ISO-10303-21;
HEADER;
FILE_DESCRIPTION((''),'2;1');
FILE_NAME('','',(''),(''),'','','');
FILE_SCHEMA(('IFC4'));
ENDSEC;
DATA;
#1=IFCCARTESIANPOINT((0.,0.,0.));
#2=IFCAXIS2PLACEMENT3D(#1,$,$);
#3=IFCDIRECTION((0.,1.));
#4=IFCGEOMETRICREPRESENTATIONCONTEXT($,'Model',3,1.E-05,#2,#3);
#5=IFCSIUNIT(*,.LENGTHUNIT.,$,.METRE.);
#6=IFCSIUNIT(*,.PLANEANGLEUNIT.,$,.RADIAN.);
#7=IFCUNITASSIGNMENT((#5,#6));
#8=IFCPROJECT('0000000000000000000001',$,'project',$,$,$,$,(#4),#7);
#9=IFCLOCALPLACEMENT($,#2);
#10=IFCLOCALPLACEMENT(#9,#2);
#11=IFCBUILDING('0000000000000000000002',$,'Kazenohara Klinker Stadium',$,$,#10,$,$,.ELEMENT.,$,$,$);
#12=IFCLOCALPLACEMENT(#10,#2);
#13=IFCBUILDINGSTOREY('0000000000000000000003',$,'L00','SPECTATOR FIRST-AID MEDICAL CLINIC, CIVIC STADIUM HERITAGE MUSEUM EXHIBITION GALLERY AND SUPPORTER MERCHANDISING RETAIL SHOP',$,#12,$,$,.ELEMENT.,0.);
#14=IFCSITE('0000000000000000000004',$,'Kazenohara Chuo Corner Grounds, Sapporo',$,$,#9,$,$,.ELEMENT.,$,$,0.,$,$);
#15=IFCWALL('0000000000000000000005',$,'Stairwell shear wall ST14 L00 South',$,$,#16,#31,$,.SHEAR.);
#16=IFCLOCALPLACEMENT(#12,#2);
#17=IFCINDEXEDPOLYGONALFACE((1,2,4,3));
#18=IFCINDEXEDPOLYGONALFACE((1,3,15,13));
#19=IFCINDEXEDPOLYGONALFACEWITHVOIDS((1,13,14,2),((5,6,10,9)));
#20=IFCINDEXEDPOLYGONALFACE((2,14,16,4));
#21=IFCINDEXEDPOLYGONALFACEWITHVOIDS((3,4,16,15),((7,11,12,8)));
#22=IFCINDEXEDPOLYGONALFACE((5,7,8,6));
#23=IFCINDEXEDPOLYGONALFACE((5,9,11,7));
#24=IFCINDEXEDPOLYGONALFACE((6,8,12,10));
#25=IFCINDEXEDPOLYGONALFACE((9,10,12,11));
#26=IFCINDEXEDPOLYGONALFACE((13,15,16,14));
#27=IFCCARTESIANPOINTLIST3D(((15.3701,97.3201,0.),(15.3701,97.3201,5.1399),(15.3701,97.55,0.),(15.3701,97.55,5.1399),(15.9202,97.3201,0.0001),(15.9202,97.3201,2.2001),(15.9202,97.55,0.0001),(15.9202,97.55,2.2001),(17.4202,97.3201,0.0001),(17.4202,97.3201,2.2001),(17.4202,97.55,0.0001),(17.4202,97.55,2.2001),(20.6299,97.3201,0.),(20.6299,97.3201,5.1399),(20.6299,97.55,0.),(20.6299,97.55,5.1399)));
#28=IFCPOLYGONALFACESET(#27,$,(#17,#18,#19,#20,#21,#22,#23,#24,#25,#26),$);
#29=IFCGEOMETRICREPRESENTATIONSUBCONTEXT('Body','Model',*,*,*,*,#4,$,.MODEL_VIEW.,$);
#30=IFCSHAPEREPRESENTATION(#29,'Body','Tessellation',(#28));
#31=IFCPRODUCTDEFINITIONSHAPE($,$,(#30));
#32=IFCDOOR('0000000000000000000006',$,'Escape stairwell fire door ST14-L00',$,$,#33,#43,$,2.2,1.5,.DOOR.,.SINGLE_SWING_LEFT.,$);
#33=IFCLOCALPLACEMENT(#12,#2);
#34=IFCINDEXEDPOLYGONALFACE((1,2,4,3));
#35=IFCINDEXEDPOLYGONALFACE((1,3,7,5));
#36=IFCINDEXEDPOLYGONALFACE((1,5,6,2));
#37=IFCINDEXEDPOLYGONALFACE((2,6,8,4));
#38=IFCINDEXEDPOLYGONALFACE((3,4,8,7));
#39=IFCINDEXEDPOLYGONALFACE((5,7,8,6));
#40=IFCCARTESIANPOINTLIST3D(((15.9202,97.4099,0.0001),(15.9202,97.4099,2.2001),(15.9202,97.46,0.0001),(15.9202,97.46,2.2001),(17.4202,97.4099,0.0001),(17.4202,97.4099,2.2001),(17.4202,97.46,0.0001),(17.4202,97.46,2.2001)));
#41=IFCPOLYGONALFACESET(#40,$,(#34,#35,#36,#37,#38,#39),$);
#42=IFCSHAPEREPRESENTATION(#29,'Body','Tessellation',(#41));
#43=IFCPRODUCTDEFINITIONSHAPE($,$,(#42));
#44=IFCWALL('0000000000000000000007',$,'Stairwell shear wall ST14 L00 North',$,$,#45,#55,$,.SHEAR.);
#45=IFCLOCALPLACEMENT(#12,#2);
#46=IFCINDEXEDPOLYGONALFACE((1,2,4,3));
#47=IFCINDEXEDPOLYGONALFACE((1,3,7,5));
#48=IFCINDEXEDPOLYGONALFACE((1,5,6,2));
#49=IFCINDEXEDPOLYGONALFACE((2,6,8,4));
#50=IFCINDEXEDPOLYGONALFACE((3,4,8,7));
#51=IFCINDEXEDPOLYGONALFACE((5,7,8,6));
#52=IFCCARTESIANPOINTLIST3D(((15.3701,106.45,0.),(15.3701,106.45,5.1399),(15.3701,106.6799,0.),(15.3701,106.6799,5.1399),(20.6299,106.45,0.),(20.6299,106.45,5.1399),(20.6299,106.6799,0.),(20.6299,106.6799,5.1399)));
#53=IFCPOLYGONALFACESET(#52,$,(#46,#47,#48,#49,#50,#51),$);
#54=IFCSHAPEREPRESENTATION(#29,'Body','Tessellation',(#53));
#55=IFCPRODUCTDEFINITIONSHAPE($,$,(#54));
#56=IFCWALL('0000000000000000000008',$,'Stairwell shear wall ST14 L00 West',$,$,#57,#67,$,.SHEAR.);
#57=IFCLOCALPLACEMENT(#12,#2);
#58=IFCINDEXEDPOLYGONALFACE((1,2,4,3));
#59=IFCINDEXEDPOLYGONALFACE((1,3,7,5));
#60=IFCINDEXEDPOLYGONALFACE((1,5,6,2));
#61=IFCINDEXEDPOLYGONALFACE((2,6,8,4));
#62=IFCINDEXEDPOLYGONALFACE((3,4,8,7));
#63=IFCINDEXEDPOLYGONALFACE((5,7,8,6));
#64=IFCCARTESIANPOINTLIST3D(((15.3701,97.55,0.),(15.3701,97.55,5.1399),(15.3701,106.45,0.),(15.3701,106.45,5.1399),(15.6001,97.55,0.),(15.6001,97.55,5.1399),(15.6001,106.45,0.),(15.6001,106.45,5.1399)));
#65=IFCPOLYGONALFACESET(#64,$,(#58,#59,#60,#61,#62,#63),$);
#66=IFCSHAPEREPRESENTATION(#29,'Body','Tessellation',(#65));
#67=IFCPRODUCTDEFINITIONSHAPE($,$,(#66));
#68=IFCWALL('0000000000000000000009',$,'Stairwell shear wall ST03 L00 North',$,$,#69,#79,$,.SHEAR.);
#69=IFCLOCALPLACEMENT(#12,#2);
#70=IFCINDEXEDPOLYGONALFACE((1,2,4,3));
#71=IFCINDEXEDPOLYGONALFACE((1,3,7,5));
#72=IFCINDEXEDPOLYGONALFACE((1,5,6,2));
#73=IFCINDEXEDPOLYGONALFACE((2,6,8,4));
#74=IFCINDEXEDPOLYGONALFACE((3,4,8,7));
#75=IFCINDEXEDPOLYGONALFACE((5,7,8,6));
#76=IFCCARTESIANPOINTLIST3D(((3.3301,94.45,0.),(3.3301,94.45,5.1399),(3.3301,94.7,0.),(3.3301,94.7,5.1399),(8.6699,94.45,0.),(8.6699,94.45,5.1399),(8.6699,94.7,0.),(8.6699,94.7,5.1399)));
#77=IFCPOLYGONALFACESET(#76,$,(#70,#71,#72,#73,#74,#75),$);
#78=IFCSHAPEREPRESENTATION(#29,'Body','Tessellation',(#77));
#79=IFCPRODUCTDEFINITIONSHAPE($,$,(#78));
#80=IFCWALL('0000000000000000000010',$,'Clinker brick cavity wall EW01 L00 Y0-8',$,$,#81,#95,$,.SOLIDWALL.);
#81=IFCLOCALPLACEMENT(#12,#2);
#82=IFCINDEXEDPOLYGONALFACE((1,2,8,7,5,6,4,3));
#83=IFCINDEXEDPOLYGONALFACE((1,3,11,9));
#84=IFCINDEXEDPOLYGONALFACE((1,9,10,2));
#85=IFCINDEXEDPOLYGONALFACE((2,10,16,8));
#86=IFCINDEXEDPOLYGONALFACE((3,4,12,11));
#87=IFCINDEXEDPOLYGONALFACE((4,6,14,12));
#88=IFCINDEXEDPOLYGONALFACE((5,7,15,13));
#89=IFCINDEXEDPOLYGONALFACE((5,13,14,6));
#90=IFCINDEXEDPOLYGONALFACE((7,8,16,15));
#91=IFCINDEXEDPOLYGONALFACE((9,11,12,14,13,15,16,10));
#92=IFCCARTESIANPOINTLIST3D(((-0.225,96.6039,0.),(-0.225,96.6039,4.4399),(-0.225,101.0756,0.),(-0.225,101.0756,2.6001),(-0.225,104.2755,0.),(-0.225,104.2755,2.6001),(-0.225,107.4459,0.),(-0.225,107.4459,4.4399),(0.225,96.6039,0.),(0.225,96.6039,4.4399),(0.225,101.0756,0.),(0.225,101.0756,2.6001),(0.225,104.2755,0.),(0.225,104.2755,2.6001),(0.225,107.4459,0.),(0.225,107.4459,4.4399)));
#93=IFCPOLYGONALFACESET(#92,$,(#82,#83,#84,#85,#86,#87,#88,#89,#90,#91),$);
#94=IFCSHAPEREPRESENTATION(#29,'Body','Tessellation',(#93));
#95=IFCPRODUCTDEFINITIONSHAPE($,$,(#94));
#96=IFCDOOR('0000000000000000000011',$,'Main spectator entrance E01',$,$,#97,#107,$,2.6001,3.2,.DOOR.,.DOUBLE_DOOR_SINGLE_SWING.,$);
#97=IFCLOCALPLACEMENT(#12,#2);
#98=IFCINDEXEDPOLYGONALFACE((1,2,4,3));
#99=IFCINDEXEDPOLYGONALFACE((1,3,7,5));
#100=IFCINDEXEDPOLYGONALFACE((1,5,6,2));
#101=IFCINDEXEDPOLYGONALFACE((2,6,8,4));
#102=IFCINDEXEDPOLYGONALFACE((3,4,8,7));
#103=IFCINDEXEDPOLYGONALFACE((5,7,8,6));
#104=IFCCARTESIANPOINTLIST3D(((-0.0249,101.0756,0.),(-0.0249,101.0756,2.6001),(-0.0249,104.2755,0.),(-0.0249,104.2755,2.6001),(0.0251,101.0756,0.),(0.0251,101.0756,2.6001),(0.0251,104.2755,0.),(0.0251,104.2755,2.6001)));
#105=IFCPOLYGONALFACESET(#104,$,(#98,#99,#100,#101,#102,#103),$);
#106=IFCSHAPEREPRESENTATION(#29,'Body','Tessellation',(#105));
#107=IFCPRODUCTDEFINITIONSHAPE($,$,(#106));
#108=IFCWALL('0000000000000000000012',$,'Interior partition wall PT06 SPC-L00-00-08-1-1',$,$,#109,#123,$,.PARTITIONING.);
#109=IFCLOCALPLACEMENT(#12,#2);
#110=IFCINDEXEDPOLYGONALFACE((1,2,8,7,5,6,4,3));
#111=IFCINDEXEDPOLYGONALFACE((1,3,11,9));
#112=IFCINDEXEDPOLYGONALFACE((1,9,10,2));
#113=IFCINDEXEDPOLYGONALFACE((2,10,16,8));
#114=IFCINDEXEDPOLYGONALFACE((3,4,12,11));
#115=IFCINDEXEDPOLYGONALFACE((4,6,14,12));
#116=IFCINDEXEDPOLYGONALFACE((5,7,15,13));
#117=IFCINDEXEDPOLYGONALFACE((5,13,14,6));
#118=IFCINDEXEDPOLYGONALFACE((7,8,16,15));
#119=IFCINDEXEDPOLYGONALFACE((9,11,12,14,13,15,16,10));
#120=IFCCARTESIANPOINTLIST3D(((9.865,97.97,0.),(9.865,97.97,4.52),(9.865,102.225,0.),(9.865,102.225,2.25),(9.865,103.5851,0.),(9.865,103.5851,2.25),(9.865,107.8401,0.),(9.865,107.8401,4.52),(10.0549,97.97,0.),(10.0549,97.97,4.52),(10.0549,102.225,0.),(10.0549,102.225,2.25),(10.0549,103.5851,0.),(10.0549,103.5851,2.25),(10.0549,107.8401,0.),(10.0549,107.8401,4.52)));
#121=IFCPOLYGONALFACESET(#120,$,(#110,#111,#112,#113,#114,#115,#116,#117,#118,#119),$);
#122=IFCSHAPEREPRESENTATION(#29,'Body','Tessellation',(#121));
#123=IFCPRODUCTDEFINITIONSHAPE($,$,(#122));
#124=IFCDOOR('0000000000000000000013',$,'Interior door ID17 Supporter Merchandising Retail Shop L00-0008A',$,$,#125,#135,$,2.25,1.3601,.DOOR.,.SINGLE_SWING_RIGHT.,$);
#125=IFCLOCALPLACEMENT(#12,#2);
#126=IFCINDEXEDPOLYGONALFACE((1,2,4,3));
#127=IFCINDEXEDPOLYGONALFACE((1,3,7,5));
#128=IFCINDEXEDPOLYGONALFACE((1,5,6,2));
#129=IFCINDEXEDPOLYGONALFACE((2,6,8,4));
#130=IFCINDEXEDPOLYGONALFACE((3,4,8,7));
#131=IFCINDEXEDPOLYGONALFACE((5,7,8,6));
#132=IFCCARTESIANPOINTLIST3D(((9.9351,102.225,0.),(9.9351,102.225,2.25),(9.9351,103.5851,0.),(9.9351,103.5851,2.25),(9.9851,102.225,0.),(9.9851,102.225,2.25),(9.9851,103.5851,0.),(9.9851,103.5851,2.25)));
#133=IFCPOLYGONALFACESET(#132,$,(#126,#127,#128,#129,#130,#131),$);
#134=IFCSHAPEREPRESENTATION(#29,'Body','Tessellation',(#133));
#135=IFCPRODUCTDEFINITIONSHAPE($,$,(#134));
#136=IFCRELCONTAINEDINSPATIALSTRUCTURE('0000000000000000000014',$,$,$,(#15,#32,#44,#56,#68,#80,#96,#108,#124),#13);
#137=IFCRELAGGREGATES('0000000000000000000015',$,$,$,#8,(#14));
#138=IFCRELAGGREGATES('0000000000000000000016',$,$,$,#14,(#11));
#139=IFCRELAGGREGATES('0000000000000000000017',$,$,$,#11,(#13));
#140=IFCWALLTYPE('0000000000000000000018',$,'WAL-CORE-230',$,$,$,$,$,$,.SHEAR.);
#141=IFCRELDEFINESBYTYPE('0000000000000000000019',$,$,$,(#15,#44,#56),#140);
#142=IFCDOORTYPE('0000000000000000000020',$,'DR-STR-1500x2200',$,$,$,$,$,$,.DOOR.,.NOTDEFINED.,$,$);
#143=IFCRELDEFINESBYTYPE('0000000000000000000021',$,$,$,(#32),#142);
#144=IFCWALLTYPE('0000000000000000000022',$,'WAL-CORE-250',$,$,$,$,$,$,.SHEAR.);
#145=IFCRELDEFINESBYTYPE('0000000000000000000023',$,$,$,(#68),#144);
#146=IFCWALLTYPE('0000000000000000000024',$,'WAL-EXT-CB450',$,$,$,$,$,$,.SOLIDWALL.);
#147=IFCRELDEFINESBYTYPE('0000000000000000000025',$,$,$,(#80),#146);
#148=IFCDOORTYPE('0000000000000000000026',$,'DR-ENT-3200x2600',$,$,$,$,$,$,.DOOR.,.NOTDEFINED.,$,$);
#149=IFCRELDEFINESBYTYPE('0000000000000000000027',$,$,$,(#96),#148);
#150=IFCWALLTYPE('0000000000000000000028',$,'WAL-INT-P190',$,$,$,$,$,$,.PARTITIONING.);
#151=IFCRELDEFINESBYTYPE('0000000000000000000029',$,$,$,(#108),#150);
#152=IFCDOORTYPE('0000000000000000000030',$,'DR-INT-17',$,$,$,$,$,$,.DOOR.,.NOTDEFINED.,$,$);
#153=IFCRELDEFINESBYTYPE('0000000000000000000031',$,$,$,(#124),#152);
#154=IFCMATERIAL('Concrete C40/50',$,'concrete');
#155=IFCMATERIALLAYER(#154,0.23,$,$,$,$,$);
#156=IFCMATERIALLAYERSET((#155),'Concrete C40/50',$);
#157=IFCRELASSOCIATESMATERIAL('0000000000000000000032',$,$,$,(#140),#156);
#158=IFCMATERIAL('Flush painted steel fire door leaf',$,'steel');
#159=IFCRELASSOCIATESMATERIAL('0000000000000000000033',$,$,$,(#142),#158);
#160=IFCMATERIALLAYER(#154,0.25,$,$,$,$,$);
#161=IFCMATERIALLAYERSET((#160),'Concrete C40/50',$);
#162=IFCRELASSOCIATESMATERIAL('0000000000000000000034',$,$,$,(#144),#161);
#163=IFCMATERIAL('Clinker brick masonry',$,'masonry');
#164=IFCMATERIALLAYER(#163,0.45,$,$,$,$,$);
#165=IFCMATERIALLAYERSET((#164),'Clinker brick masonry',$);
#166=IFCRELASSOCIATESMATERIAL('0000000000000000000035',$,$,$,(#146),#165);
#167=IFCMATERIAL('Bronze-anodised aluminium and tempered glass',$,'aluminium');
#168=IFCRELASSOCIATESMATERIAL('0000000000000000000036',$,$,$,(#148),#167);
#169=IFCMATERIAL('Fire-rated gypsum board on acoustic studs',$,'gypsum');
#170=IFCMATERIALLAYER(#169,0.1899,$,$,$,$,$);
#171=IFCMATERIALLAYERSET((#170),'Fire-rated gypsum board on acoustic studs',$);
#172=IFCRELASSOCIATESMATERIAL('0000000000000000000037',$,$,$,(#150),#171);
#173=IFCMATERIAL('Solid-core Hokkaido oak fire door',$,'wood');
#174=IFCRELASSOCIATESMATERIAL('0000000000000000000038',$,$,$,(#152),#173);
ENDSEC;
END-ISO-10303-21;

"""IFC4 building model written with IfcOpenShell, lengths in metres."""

from ifc_helpers import new_model, si_unit, direction, frame, frame_2d, origin, place, context, subcontext, project, spatial, rectangle, extrude, material, layer, layer_set, type_object, element, fill, save


model = new_model("IFC4")

# Units and contexts
model_context = context("Model", 3, precision=1e-05, world=origin(), true_north=direction((0.0, 1.0)))
body_context = subcontext(model_context, "Body", "Model", "MODEL_VIEW")
ifc_project = project(units=[si_unit("LENGTHUNIT", "METRE"), si_unit("PLANEANGLEUNIT", "RADIAN")], contexts=[model_context])

# Site, building, storey
site_placement = place(None, origin())
site = spatial("IfcSite", under=ifc_project, at=site_placement, Name="Kazenohara Chuo Corner Grounds, Sapporo", CompositionType="ELEMENT", RefElevation=0.0)
building_placement = place(site_placement, origin())
building = spatial("IfcBuilding", under=site, at=building_placement, Name="Kazenohara Klinker Stadium", CompositionType="ELEMENT")
storey_placement = place(building_placement, origin())
storey = spatial("IfcBuildingStorey", under=building, at=storey_placement, Name="L00", Description="SPECTATOR FIRST-AID MEDICAL CLINIC, CIVIC STADIUM HERITAGE MUSEUM EXHIBITION GALLERY AND SUPPORTER MERCHANDISING RETAIL SHOP", CompositionType="ELEMENT", Elevation=0.0)

# Shared definitions
ifc_material_1 = material(Name="Concrete C40/50", Category="concrete")

# Wall, opening, door
ifc_layer_1 = layer(ifc_material_1, 0.23)
ifc_layer_set_1 = layer_set([ifc_layer_1], Name="Concrete C40/50")
wall_type_1 = type_object("IfcWallType", Name="WAL-CORE-230", PredefinedType="SHEAR", material=ifc_layer_set_1)
wall_1_placement = place(storey_placement, frame((15.3701, 97.4351, 0.0), z_axis=(0.0, 0.0, 1.0), x_axis=(1.0, 0.0, 0.0)))
wall_1 = element("IfcWall", 1, at=wall_1_placement, inside=storey, type_object=wall_type_1, Name="Stairwell shear wall ST14 L00 South", PredefinedType="SHEAR", context=body_context, shape_type="SweptSolid", body=[
    extrude(rectangle(XDim=5.2598, YDim=0.23, at=frame_2d((2.6299, 0.0))), origin(), (0.0, 0.0, 1.0), 5.1399),
])
opening_1_placement = place(wall_1_placement, frame((0.55, 0.0, 0.0)))
opening_1 = element("IfcOpeningElement", 2, at=opening_1_placement, cuts=wall_1, PredefinedType="OPENING", context=body_context, shape_type="SweptSolid", body=[
    extrude(rectangle(XDim=1.5, YDim=2.2, at=frame_2d((0.75, 1.1001))), frame((0.0, 0.125, 0.0), z_axis=(0.0, -1.0, 0.0), x_axis=(1.0, 0.0, 0.0)), (0.0, 0.0, 1.0), 0.25),
])
ifc_material_2 = material(Name="Flush painted steel fire door leaf", Category="steel")
door_type_1 = type_object("IfcDoorType", Name="DR-STR-1500x2200", OperationType="NOTDEFINED", PredefinedType="DOOR", material=ifc_material_2)
door_1_placement = place(opening_1_placement, origin())
door_1 = element("IfcDoor", 3, at=door_1_placement, inside=storey, type_object=door_type_1, Name="Escape stairwell fire door ST14-L00", OperationType="SINGLE_SWING_LEFT", OverallHeight=2.2, OverallWidth=1.5, PredefinedType="DOOR", context=body_context, shape_type="SweptSolid", body=[
    extrude(rectangle(XDim=1.5, YDim=2.2, at=frame_2d((0.75, 1.1001))), frame((0.0, 0.0249, 0.0), z_axis=(0.0, -1.0, 0.0), x_axis=(1.0, 0.0, 0.0)), (0.0, 0.0, 1.0), 0.05),
])
fill(opening_1, door_1)

# Walls
wall_2_placement = place(storey_placement, frame((15.3701, 106.5649, 0.0), z_axis=(0.0, 0.0, 1.0), x_axis=(1.0, 0.0, 0.0)))
element("IfcWall", 4, at=wall_2_placement, inside=storey, type_object=wall_type_1, Name="Stairwell shear wall ST14 L00 North", PredefinedType="SHEAR", context=body_context, shape_type="SweptSolid", body=[
    extrude(rectangle(XDim=5.2598, YDim=0.23, at=frame_2d((2.6299, 0.0))), origin(), (0.0, 0.0, 1.0), 5.1399),
])
wall_3_placement = place(storey_placement, frame((15.4851, 97.55, 0.0), z_axis=(0.0, 0.0, 1.0), x_axis=(0.0, 1.0, 0.0)))
element("IfcWall", 5, at=wall_3_placement, inside=storey, type_object=wall_type_1, Name="Stairwell shear wall ST14 L00 West", PredefinedType="SHEAR", context=body_context, shape_type="SweptSolid", body=[
    extrude(rectangle(XDim=8.8999, YDim=0.23, at=frame_2d((4.45, 0.0))), origin(), (0.0, 0.0, 1.0), 5.1399),
])
ifc_layer_2 = layer(ifc_material_1, 0.25)
ifc_layer_set_2 = layer_set([ifc_layer_2], Name="Concrete C40/50")
wall_type_2 = type_object("IfcWallType", Name="WAL-CORE-250", PredefinedType="SHEAR", material=ifc_layer_set_2)
wall_4_placement = place(storey_placement, frame((3.3301, 94.575, 0.0), z_axis=(0.0, 0.0, 1.0), x_axis=(1.0, 0.0, 0.0)))
element("IfcWall", 6, at=wall_4_placement, inside=storey, type_object=wall_type_2, Name="Stairwell shear wall ST03 L00 North", PredefinedType="SHEAR", context=body_context, shape_type="SweptSolid", body=[
    extrude(rectangle(XDim=5.3398, YDim=0.25, at=frame_2d((2.6699, 0.0))), origin(), (0.0, 0.0, 1.0), 5.1399),
])

# Walls, openings, doors
ifc_material_3 = material(Name="Clinker brick masonry", Category="masonry")
ifc_layer_3 = layer(ifc_material_3, 0.45)
ifc_layer_set_3 = layer_set([ifc_layer_3], Name="Clinker brick masonry")
wall_type_3 = type_object("IfcWallType", Name="WAL-EXT-CB450", PredefinedType="SOLIDWALL", material=ifc_layer_set_3)
wall_5_placement = place(storey_placement, frame((0.0, 96.604, 0.0), z_axis=(0.0, 0.0, 1.0), x_axis=(0.0, 1.0, 0.0)))
wall_5 = element("IfcWall", 7, at=wall_5_placement, inside=storey, type_object=wall_type_3, Name="Clinker brick cavity wall EW01 L00 Y0-8", PredefinedType="SOLIDWALL", context=body_context, shape_type="SweptSolid", body=[
    extrude(rectangle(XDim=10.842, YDim=0.45, at=frame_2d((5.4209, 0.0))), origin(), (0.0, 0.0, 1.0), 4.4399),
])
opening_2_placement = place(wall_5_placement, frame((4.4714, 0.0, 0.0)))
opening_2 = element("IfcOpeningElement", 8, at=opening_2_placement, cuts=wall_5, PredefinedType="OPENING", context=body_context, shape_type="SweptSolid", body=[
    extrude(rectangle(XDim=3.2, YDim=2.6001, at=frame_2d((1.6001, 1.3))), frame((0.0, 0.2349, 0.0), z_axis=(0.0, -1.0, 0.0), x_axis=(1.0, 0.0, 0.0)), (0.0, 0.0, 1.0), 0.47),
])
ifc_material_4 = material(Name="Bronze-anodised aluminium and tempered glass", Category="aluminium")
door_type_2 = type_object("IfcDoorType", Name="DR-ENT-3200x2600", OperationType="NOTDEFINED", PredefinedType="DOOR", material=ifc_material_4)
door_2_placement = place(opening_2_placement, origin())
door_2 = element("IfcDoor", 9, at=door_2_placement, inside=storey, type_object=door_type_2, Name="Main spectator entrance E01", OperationType="DOUBLE_DOOR_SINGLE_SWING", OverallHeight=2.6001, OverallWidth=3.2, PredefinedType="DOOR", context=body_context, shape_type="SweptSolid", body=[
    extrude(rectangle(XDim=3.2, YDim=2.6001, at=frame_2d((1.6001, 1.3))), frame((0.0, 0.0249, 0.0), z_axis=(0.0, -1.0, 0.0), x_axis=(1.0, 0.0, 0.0)), (0.0, 0.0, 1.0), 0.05),
])
fill(opening_2, door_2)
ifc_material_5 = material(Name="Fire-rated gypsum board on acoustic studs", Category="gypsum")
ifc_layer_4 = layer(ifc_material_5, 0.1899)
ifc_layer_set_4 = layer_set([ifc_layer_4], Name="Fire-rated gypsum board on acoustic studs")
wall_type_4 = type_object("IfcWallType", Name="WAL-INT-P190", PredefinedType="PARTITIONING", material=ifc_layer_set_4)
wall_6_placement = place(storey_placement, frame((9.96, 97.97, 0.0), z_axis=(0.0, 0.0, 1.0), x_axis=(0.0, 1.0, 0.0)))
wall_6 = element("IfcWall", 10, at=wall_6_placement, inside=storey, type_object=wall_type_4, Name="Interior partition wall PT06 SPC-L00-00-08-1-1", PredefinedType="PARTITIONING", context=body_context, shape_type="SweptSolid", body=[
    extrude(rectangle(XDim=9.8701, YDim=0.1899, at=frame_2d((4.9351, 0.0))), origin(), (0.0, 0.0, 1.0), 4.52),
])
opening_3_placement = place(wall_6_placement, frame((4.2549, 0.0, 0.0)))
opening_3 = element("IfcOpeningElement", 11, at=opening_3_placement, cuts=wall_6, PredefinedType="OPENING", context=body_context, shape_type="SweptSolid", body=[
    extrude(rectangle(XDim=1.3601, YDim=2.25, at=frame_2d((0.6802, 1.125))), frame((0.0, 0.105, 0.0), z_axis=(0.0, -1.0, 0.0), x_axis=(1.0, 0.0, 0.0)), (0.0, 0.0, 1.0), 0.21),
])
ifc_material_6 = material(Name="Solid-core Hokkaido oak fire door", Category="wood")
door_type_3 = type_object("IfcDoorType", Name="DR-INT-17", OperationType="NOTDEFINED", PredefinedType="DOOR", material=ifc_material_6)
door_3_placement = place(opening_3_placement, origin())
door_3 = element("IfcDoor", 12, at=door_3_placement, inside=storey, type_object=door_type_3, Name="Interior door ID17 Supporter Merchandising Retail Shop L00-0008A", OperationType="SINGLE_SWING_RIGHT", OverallHeight=2.25, OverallWidth=1.3601, PredefinedType="DOOR", context=body_context, shape_type="SweptSolid", body=[
    extrude(rectangle(XDim=1.3601, YDim=2.25, at=frame_2d((0.6802, 1.125))), frame((0.0, 0.0249, 0.0), z_axis=(0.0, -1.0, 0.0), x_axis=(1.0, 0.0, 0.0)), (0.0, 0.0, 1.0), 0.05),
])
fill(opening_3, door_3)

save(model, "model.ifc")
